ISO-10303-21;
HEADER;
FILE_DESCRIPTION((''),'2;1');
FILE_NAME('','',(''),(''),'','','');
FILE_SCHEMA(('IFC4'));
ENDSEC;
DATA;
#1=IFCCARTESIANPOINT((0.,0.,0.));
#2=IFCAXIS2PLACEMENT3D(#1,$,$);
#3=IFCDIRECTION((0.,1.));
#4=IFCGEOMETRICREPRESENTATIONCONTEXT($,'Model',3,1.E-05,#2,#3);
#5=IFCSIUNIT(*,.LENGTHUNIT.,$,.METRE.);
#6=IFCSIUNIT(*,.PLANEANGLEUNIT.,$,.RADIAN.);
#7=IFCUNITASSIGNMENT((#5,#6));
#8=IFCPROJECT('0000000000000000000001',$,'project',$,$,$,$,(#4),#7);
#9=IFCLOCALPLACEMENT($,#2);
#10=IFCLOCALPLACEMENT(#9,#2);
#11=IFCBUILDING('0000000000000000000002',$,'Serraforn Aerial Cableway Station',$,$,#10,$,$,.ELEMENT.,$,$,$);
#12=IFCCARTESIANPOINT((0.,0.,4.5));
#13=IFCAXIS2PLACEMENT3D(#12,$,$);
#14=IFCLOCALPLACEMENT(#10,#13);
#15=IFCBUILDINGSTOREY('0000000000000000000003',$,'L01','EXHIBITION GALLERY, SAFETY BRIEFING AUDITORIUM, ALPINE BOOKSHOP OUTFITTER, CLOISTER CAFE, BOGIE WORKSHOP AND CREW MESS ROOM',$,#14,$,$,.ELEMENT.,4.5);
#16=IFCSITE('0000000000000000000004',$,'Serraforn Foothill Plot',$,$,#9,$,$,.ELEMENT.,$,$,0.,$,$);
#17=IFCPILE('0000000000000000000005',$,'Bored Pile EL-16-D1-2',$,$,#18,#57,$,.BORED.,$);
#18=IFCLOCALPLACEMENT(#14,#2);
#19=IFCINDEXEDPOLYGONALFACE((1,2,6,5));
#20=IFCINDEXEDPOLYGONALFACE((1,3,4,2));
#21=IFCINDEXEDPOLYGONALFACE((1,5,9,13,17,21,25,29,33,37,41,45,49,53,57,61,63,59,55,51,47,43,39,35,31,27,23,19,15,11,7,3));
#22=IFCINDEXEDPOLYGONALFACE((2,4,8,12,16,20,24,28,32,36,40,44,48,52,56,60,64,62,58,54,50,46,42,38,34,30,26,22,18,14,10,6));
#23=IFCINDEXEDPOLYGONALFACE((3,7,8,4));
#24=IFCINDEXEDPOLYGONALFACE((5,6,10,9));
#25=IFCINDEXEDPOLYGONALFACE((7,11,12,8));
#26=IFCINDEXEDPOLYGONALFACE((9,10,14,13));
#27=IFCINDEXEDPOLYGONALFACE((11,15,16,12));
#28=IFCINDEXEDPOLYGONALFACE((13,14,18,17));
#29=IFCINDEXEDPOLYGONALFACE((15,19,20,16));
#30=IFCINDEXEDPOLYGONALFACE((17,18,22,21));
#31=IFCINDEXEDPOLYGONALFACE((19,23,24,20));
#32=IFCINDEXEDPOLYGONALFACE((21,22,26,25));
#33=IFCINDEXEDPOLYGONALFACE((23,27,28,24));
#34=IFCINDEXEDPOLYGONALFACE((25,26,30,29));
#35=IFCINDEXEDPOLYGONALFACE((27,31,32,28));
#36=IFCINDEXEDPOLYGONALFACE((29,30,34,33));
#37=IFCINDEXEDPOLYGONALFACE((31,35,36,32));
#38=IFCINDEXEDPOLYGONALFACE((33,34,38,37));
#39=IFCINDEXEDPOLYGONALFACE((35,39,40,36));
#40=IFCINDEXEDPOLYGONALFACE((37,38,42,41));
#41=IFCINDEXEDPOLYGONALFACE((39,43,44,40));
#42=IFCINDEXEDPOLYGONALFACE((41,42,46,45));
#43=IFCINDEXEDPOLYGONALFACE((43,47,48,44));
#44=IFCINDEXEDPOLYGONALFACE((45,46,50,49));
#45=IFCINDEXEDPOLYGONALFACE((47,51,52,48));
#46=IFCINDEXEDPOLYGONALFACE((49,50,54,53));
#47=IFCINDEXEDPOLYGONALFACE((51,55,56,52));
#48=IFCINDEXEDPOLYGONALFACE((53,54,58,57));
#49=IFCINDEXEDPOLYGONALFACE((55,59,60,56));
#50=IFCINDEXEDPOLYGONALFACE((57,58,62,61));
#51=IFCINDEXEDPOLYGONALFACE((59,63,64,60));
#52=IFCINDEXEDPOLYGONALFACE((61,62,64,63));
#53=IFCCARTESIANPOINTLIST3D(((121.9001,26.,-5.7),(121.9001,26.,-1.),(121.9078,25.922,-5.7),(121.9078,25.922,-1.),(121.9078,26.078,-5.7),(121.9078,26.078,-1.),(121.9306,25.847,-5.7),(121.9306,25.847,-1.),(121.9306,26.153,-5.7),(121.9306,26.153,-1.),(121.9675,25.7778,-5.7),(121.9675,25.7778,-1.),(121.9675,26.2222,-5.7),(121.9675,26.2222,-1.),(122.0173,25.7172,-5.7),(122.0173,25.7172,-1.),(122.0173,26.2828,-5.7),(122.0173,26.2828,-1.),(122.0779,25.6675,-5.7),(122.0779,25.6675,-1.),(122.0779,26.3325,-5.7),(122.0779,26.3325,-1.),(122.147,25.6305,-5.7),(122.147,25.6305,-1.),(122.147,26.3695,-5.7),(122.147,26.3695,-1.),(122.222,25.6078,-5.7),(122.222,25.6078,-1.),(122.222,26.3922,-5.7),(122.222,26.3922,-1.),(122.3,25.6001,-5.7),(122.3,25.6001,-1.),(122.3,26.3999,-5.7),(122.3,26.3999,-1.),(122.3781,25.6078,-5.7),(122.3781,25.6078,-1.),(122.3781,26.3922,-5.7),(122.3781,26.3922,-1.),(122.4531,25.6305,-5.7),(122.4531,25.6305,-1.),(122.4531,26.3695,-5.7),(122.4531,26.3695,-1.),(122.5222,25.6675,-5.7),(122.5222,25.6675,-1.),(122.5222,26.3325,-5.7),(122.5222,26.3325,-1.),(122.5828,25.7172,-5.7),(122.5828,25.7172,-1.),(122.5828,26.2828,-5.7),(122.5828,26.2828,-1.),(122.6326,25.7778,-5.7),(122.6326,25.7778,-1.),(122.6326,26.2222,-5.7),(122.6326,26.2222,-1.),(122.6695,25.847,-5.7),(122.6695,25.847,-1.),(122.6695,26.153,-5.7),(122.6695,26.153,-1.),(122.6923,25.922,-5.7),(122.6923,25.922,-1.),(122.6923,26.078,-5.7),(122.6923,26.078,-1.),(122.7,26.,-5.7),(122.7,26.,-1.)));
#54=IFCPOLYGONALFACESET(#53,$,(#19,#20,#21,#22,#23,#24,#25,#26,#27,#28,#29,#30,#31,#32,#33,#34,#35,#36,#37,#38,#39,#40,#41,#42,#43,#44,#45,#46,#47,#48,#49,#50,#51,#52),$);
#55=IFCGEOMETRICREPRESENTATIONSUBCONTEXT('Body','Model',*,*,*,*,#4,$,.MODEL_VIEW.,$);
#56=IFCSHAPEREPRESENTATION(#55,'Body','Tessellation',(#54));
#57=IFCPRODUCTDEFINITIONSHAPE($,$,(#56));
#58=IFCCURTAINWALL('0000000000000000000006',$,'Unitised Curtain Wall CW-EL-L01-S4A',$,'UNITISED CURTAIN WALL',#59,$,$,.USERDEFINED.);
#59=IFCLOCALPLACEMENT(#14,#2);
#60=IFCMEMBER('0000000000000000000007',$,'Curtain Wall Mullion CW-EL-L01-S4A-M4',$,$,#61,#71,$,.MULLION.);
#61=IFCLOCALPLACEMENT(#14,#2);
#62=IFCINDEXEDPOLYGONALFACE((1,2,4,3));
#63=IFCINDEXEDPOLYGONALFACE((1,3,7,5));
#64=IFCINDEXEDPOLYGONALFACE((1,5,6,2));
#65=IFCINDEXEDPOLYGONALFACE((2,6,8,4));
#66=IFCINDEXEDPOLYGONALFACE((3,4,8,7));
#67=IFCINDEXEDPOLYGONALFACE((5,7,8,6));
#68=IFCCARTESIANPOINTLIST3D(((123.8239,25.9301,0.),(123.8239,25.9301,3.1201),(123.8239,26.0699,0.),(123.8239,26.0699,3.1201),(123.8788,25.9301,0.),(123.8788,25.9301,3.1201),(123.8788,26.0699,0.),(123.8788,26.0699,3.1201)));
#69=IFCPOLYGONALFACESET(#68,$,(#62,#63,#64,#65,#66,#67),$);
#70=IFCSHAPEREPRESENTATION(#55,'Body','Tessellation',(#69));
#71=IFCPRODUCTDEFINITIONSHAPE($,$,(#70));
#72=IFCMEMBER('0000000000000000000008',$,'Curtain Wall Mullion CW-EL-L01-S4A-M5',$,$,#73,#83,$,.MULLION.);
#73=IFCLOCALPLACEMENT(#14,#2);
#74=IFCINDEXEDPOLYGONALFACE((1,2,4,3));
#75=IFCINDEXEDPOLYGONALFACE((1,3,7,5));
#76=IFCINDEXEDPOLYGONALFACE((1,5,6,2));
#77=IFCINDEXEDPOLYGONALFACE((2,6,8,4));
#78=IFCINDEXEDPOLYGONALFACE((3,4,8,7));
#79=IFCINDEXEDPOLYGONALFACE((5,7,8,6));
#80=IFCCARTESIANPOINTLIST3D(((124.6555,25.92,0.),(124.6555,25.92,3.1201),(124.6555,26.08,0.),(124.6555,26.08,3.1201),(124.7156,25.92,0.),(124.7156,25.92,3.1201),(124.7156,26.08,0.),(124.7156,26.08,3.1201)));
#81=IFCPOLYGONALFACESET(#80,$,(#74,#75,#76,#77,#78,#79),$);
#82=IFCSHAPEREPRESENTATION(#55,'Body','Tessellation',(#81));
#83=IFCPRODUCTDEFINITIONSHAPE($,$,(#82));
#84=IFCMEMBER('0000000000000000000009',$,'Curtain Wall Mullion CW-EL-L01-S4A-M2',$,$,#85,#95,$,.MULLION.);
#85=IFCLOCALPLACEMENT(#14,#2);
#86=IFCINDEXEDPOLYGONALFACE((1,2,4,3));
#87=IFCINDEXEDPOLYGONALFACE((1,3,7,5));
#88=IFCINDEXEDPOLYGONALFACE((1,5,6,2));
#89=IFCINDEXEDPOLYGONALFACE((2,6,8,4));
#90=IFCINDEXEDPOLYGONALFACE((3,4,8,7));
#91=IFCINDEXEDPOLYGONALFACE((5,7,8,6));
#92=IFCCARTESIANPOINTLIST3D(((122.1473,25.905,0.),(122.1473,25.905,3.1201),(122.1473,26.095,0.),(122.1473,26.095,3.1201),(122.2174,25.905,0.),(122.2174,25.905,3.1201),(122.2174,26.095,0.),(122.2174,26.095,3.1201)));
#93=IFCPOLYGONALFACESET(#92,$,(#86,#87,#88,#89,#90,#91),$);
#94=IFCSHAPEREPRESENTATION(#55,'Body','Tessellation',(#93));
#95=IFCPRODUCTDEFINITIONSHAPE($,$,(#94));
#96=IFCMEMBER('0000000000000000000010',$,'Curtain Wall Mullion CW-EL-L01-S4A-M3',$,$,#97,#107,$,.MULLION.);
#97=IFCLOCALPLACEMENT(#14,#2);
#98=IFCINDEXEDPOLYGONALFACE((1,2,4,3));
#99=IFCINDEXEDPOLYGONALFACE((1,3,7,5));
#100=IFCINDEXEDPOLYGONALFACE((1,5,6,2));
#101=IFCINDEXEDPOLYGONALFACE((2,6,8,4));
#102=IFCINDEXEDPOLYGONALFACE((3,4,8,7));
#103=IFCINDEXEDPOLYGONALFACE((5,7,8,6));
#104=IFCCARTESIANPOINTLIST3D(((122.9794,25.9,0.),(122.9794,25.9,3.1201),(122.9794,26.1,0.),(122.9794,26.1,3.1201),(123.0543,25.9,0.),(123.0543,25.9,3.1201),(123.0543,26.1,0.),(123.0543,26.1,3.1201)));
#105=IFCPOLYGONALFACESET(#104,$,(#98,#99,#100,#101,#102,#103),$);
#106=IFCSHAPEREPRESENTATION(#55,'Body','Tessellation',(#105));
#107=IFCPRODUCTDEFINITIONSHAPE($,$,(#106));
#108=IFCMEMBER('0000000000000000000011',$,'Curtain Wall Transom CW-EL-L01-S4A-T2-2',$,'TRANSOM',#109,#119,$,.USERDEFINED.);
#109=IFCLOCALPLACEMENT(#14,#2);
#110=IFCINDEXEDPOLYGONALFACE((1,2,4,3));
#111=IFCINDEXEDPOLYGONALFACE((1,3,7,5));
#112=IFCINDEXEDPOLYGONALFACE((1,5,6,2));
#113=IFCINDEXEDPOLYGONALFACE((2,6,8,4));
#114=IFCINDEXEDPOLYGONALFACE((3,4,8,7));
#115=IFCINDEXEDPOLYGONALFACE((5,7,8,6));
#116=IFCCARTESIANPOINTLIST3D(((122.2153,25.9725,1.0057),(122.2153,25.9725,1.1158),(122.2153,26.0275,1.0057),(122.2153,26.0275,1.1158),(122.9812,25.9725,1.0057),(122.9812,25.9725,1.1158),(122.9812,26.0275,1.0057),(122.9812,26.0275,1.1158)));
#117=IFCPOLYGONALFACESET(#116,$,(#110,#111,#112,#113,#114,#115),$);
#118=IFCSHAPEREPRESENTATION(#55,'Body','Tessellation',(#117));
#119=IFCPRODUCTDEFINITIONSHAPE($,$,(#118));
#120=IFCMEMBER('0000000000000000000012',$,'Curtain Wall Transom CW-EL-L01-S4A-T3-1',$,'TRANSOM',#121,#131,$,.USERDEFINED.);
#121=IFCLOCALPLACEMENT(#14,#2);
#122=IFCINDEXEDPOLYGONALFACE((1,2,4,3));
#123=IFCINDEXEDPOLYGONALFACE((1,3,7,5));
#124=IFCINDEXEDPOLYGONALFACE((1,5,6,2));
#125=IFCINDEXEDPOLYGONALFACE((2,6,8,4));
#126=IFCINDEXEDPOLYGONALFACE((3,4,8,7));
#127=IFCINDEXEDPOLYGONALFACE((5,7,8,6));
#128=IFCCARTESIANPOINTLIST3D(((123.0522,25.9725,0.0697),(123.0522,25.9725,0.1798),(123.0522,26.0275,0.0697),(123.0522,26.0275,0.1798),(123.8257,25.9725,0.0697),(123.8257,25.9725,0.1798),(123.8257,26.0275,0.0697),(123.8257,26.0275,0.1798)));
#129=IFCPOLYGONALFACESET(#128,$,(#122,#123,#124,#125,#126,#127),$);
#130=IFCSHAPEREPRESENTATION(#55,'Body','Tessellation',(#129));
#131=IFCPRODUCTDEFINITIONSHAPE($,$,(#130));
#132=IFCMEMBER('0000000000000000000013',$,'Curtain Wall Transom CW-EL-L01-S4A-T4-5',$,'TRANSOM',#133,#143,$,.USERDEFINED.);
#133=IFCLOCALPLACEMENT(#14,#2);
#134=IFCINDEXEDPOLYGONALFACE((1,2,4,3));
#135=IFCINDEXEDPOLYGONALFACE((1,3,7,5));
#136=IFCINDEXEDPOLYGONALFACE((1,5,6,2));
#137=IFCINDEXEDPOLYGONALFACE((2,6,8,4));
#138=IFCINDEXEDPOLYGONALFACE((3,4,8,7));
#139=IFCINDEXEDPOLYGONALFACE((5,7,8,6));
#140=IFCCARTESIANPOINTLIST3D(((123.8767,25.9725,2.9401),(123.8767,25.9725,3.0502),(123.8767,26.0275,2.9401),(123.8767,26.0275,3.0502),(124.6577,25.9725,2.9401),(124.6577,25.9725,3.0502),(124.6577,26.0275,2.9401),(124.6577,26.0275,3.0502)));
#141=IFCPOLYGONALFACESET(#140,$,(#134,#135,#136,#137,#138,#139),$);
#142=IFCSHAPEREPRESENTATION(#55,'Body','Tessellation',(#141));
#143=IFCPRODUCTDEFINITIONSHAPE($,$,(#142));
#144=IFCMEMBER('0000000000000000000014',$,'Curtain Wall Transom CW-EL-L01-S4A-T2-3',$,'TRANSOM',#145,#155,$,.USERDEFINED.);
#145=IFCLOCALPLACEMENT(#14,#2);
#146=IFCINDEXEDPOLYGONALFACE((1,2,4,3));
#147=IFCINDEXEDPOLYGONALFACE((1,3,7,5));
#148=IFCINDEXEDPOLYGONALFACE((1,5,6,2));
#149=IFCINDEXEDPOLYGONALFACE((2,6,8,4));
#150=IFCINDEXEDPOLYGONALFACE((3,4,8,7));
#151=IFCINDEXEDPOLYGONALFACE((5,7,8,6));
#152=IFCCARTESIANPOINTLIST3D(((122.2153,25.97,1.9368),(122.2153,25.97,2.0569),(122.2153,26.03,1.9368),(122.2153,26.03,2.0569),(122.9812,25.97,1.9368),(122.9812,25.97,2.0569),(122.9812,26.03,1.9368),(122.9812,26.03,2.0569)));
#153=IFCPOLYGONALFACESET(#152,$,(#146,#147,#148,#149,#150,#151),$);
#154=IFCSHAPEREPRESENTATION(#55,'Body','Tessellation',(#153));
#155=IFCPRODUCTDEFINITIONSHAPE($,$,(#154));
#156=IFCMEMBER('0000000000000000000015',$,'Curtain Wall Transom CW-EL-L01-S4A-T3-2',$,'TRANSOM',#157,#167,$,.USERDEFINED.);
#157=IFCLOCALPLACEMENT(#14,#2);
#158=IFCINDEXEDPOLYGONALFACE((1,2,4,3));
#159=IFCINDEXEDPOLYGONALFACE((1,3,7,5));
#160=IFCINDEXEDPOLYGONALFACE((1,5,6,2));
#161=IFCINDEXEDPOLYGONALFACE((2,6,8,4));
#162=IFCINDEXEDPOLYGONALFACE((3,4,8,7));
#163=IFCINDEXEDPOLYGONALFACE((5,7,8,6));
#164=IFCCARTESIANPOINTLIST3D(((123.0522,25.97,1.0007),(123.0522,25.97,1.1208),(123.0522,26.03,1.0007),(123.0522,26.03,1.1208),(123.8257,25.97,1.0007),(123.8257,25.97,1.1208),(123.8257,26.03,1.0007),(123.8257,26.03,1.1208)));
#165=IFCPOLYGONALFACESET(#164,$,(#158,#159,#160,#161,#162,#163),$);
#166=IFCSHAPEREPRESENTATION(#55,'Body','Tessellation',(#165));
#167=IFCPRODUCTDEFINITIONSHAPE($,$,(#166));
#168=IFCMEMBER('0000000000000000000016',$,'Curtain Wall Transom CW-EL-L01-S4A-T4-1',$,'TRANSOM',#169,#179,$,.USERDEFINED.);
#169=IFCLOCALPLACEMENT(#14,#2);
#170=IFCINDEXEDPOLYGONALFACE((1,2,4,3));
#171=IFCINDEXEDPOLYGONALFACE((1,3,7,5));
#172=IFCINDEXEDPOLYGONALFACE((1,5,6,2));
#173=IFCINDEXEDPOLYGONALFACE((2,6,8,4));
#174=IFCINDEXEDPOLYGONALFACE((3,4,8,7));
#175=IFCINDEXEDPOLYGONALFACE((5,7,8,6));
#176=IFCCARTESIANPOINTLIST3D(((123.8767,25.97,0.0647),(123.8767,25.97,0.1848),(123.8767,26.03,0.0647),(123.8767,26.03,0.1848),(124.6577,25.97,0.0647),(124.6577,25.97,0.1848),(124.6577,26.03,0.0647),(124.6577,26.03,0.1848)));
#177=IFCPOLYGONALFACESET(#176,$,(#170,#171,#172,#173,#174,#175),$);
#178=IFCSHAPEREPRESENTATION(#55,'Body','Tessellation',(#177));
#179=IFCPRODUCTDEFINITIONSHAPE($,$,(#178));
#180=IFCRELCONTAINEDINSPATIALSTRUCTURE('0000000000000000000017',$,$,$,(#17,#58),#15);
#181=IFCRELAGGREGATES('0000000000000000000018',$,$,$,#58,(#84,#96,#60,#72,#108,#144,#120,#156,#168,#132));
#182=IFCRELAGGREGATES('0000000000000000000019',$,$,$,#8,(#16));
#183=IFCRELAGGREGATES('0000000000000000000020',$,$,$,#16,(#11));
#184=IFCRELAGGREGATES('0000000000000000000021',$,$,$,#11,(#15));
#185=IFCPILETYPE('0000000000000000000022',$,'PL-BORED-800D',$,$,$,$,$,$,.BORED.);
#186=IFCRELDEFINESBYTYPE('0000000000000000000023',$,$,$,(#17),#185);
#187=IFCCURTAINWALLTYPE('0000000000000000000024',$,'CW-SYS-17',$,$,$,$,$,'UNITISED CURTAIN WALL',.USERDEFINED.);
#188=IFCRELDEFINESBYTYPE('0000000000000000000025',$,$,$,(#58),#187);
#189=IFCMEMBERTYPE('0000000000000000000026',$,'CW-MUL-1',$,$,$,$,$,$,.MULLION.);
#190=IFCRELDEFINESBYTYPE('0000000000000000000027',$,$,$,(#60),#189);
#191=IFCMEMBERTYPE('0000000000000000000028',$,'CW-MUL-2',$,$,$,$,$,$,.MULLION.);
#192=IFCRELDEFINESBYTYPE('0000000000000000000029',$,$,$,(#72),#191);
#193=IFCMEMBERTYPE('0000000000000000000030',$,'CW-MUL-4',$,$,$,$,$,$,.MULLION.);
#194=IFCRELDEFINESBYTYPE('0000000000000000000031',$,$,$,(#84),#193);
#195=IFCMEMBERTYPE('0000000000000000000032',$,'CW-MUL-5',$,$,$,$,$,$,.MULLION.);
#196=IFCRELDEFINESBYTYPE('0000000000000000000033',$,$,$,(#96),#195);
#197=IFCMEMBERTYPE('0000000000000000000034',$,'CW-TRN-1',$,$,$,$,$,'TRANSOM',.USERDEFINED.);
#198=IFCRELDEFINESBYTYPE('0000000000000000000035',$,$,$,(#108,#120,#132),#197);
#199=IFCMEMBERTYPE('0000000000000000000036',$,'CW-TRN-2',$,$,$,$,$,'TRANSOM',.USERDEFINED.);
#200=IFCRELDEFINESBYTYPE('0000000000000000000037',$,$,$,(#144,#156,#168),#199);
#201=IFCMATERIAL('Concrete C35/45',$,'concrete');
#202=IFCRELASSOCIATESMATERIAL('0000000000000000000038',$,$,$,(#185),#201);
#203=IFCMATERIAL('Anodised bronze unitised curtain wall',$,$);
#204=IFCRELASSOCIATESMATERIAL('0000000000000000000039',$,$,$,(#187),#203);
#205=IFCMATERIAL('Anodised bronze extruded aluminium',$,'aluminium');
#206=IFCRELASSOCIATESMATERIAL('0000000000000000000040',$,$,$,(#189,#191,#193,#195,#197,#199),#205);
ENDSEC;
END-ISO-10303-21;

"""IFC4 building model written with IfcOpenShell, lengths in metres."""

from ifc_helpers import new_model, si_unit, direction, frame, origin, origin_2d, place, context, subcontext, project, spatial, rectangle, circle, extrude, material, material_profile, profile_set, type_object, element, aggregate, save


model = new_model("IFC4")

# Units and contexts
model_context = context("Model", 3, precision=1e-05, world=origin(), true_north=direction((0.0, 1.0)))
body_context = subcontext(model_context, "Body", "Model", "MODEL_VIEW")
ifc_project = project(units=[si_unit("LENGTHUNIT", "METRE"), si_unit("PLANEANGLEUNIT", "RADIAN")], contexts=[model_context])

# Site, building, storey
site_placement = place(None, origin())
site = spatial("IfcSite", under=ifc_project, at=site_placement, Name="Serraforn Foothill Plot", CompositionType="ELEMENT", RefElevation=0.0)
building_placement = place(site_placement, origin())
building = spatial("IfcBuilding", under=site, at=building_placement, Name="Serraforn Aerial Cableway Station", CompositionType="ELEMENT")
storey_placement = place(building_placement, frame((0.0, 0.0, 4.5)))
storey = spatial("IfcBuildingStorey", under=building, at=storey_placement, Name="L01", Description="EXHIBITION GALLERY, SAFETY BRIEFING AUDITORIUM, ALPINE BOOKSHOP OUTFITTER, CLOISTER CAFE, BOGIE WORKSHOP AND CREW MESS ROOM", CompositionType="ELEMENT", Elevation=4.5)

# Pile
ifc_material_1 = material(Name="Concrete C35/45", Category="concrete")
ifc_material_profile_1 = material_profile(ifc_material_1, circle(Radius=0.3999, at=origin_2d()), Name="BORED PILE D800")
ifc_profile_set_1 = profile_set([ifc_material_profile_1], Name="Concrete C35/45")
pile_type = type_object("IfcPileType", Name="PL-BORED-800D", PredefinedType="BORED", material=ifc_profile_set_1)
pile_placement = place(storey_placement, frame((122.3, 26.0, -1.0), z_axis=(0.0, 0.0, -1.0), x_axis=(1.0, 0.0, 0.0)))
element("IfcPile", 1, at=pile_placement, inside=storey, type_object=pile_type, Name="Bored Pile EL-16-D1-2", PredefinedType="BORED", context=body_context, shape_type="SweptSolid", body=[
    extrude(circle(Radius=0.3999, at=origin_2d()), origin(), (0.0, 0.0, 1.0), 4.7),
])

# Curtain wall, members
ifc_material_2 = material(Name="Anodised bronze unitised curtain wall")
curtain_wall_type = type_object("IfcCurtainWallType", Name="CW-SYS-17", ElementType="UNITISED CURTAIN WALL", PredefinedType="USERDEFINED", material=ifc_material_2)
curtain_wall_placement = place(storey_placement, origin())
curtain_wall = element("IfcCurtainWall", 2, at=curtain_wall_placement, inside=storey, type_object=curtain_wall_type, Name="Unitised Curtain Wall CW-EL-L01-S4A", ObjectType="UNITISED CURTAIN WALL", PredefinedType="USERDEFINED")
ifc_material_3 = material(Name="Anodised bronze extruded aluminium", Category="aluminium")
ifc_material_profile_2 = material_profile(ifc_material_3, rectangle(XDim=0.0549, YDim=0.1399, at=origin_2d()), Name="CW MULLION 55x140")
ifc_profile_set_2 = profile_set([ifc_material_profile_2], Name="Anodised bronze extruded aluminium")
member_type_1 = type_object("IfcMemberType", Name="CW-MUL-1", PredefinedType="MULLION", material=ifc_profile_set_2)
member_1_placement = place(storey_placement, frame((123.8513, 26.0, 0.0), z_axis=(0.0, 0.0, 1.0), x_axis=(1.0, 0.0, 0.0)))
member_1 = element("IfcMember", 3, at=member_1_placement, type_object=member_type_1, Name="Curtain Wall Mullion CW-EL-L01-S4A-M4", PredefinedType="MULLION", context=body_context, shape_type="SweptSolid", body=[
    extrude(rectangle(XDim=0.0549, YDim=0.1399, at=origin_2d()), origin(), (0.0, 0.0, 1.0), 3.1201),
])
ifc_material_profile_3 = material_profile(ifc_material_3, rectangle(XDim=0.0601, YDim=0.1599, at=origin_2d()), Name="CW MULLION 60x160")
ifc_profile_set_3 = profile_set([ifc_material_profile_3], Name="Anodised bronze extruded aluminium")
member_type_2 = type_object("IfcMemberType", Name="CW-MUL-2", PredefinedType="MULLION", material=ifc_profile_set_3)
member_2_placement = place(storey_placement, frame((124.6855, 26.0, 0.0), z_axis=(0.0, 0.0, 1.0), x_axis=(1.0, 0.0, 0.0)))
member_2 = element("IfcMember", 4, at=member_2_placement, type_object=member_type_2, Name="Curtain Wall Mullion CW-EL-L01-S4A-M5", PredefinedType="MULLION", context=body_context, shape_type="SweptSolid", body=[
    extrude(rectangle(XDim=0.0601, YDim=0.1599, at=origin_2d()), origin(), (0.0, 0.0, 1.0), 3.1201),
])
ifc_material_profile_4 = material_profile(ifc_material_3, rectangle(XDim=0.0701, YDim=0.1899, at=origin_2d()), Name="CW MULLION 70x190")
ifc_profile_set_4 = profile_set([ifc_material_profile_4], Name="Anodised bronze extruded aluminium")
member_type_3 = type_object("IfcMemberType", Name="CW-MUL-4", PredefinedType="MULLION", material=ifc_profile_set_4)
member_3_placement = place(storey_placement, frame((122.1824, 26.0, 0.0), z_axis=(0.0, 0.0, 1.0), x_axis=(1.0, 0.0, 0.0)))
member_3 = element("IfcMember", 5, at=member_3_placement, type_object=member_type_3, Name="Curtain Wall Mullion CW-EL-L01-S4A-M2", PredefinedType="MULLION", context=body_context, shape_type="SweptSolid", body=[
    extrude(rectangle(XDim=0.0701, YDim=0.1899, at=origin_2d()), origin(), (0.0, 0.0, 1.0), 3.1201),
])
ifc_material_profile_5 = material_profile(ifc_material_3, rectangle(XDim=0.075, YDim=0.2, at=origin_2d()), Name="CW MULLION 75x200")
ifc_profile_set_5 = profile_set([ifc_material_profile_5], Name="Anodised bronze extruded aluminium")
member_type_4 = type_object("IfcMemberType", Name="CW-MUL-5", PredefinedType="MULLION", material=ifc_profile_set_5)
member_4_placement = place(storey_placement, frame((123.0168, 26.0, 0.0), z_axis=(0.0, 0.0, 1.0), x_axis=(1.0, 0.0, 0.0)))
member_4 = element("IfcMember", 6, at=member_4_placement, type_object=member_type_4, Name="Curtain Wall Mullion CW-EL-L01-S4A-M3", PredefinedType="MULLION", context=body_context, shape_type="SweptSolid", body=[
    extrude(rectangle(XDim=0.075, YDim=0.2, at=origin_2d()), origin(), (0.0, 0.0, 1.0), 3.1201),
])
ifc_material_profile_6 = material_profile(ifc_material_3, rectangle(XDim=0.0549, YDim=0.1101, at=origin_2d()), Name="CW TRANSOM 55x110")
ifc_profile_set_6 = profile_set([ifc_material_profile_6], Name="Anodised bronze extruded aluminium")
member_type_5 = type_object("IfcMemberType", Name="CW-TRN-1", ElementType="TRANSOM", PredefinedType="USERDEFINED", material=ifc_profile_set_6)
member_5_placement = place(storey_placement, frame((122.2153, 26.0, 1.0608), z_axis=(1.0, 0.0, 0.0), x_axis=(0.0, 1.0, 0.0)))
member_5 = element("IfcMember", 7, at=member_5_placement, type_object=member_type_5, Name="Curtain Wall Transom CW-EL-L01-S4A-T2-2", ObjectType="TRANSOM", PredefinedType="USERDEFINED", context=body_context, shape_type="SweptSolid", body=[
    extrude(rectangle(XDim=0.0549, YDim=0.1101, at=origin_2d()), origin(), (0.0, 0.0, 1.0), 0.7659),
])
member_6_placement = place(storey_placement, frame((123.0522, 26.0, 0.1248), z_axis=(1.0, 0.0, 0.0), x_axis=(0.0, 1.0, 0.0)))
member_6 = element("IfcMember", 8, at=member_6_placement, type_object=member_type_5, Name="Curtain Wall Transom CW-EL-L01-S4A-T3-1", ObjectType="TRANSOM", PredefinedType="USERDEFINED", context=body_context, shape_type="SweptSolid", body=[
    extrude(rectangle(XDim=0.0549, YDim=0.1101, at=origin_2d()), origin(), (0.0, 0.0, 1.0), 0.7734),
])
member_7_placement = place(storey_placement, frame((123.8767, 26.0, 2.9951), z_axis=(1.0, 0.0, 0.0), x_axis=(0.0, 1.0, 0.0)))
member_7 = element("IfcMember", 9, at=member_7_placement, type_object=member_type_5, Name="Curtain Wall Transom CW-EL-L01-S4A-T4-5", ObjectType="TRANSOM", PredefinedType="USERDEFINED", context=body_context, shape_type="SweptSolid", body=[
    extrude(rectangle(XDim=0.0549, YDim=0.1101, at=origin_2d()), origin(), (0.0, 0.0, 1.0), 0.781),
])
ifc_material_profile_7 = material_profile(ifc_material_3, rectangle(XDim=0.0601, YDim=0.1201, at=origin_2d()), Name="CW TRANSOM 60x120")
ifc_profile_set_7 = profile_set([ifc_material_profile_7], Name="Anodised bronze extruded aluminium")
member_type_6 = type_object("IfcMemberType", Name="CW-TRN-2", ElementType="TRANSOM", PredefinedType="USERDEFINED", material=ifc_profile_set_7)
member_8_placement = place(storey_placement, frame((122.2153, 26.0, 1.9968), z_axis=(1.0, 0.0, 0.0), x_axis=(0.0, 1.0, 0.0)))
member_8 = element("IfcMember", 10, at=member_8_placement, type_object=member_type_6, Name="Curtain Wall Transom CW-EL-L01-S4A-T2-3", ObjectType="TRANSOM", PredefinedType="USERDEFINED", context=body_context, shape_type="SweptSolid", body=[
    extrude(rectangle(XDim=0.0601, YDim=0.1201, at=origin_2d()), origin(), (0.0, 0.0, 1.0), 0.7659),
])
member_9_placement = place(storey_placement, frame((123.0522, 26.0, 1.0608), z_axis=(1.0, 0.0, 0.0), x_axis=(0.0, 1.0, 0.0)))
member_9 = element("IfcMember", 11, at=member_9_placement, type_object=member_type_6, Name="Curtain Wall Transom CW-EL-L01-S4A-T3-2", ObjectType="TRANSOM", PredefinedType="USERDEFINED", context=body_context, shape_type="SweptSolid", body=[
    extrude(rectangle(XDim=0.0601, YDim=0.1201, at=origin_2d()), origin(), (0.0, 0.0, 1.0), 0.7734),
])
member_10_placement = place(storey_placement, frame((123.8767, 26.0, 0.1248), z_axis=(1.0, 0.0, 0.0), x_axis=(0.0, 1.0, 0.0)))
member_10 = element("IfcMember", 12, at=member_10_placement, type_object=member_type_6, Name="Curtain Wall Transom CW-EL-L01-S4A-T4-1", ObjectType="TRANSOM", PredefinedType="USERDEFINED", context=body_context, shape_type="SweptSolid", body=[
    extrude(rectangle(XDim=0.0601, YDim=0.1201, at=origin_2d()), origin(), (0.0, 0.0, 1.0), 0.781),
])
aggregate(curtain_wall, [member_3, member_4, member_1, member_2, member_5, member_8, member_6, member_9, member_10, member_7])

save(model, "model.ifc")
